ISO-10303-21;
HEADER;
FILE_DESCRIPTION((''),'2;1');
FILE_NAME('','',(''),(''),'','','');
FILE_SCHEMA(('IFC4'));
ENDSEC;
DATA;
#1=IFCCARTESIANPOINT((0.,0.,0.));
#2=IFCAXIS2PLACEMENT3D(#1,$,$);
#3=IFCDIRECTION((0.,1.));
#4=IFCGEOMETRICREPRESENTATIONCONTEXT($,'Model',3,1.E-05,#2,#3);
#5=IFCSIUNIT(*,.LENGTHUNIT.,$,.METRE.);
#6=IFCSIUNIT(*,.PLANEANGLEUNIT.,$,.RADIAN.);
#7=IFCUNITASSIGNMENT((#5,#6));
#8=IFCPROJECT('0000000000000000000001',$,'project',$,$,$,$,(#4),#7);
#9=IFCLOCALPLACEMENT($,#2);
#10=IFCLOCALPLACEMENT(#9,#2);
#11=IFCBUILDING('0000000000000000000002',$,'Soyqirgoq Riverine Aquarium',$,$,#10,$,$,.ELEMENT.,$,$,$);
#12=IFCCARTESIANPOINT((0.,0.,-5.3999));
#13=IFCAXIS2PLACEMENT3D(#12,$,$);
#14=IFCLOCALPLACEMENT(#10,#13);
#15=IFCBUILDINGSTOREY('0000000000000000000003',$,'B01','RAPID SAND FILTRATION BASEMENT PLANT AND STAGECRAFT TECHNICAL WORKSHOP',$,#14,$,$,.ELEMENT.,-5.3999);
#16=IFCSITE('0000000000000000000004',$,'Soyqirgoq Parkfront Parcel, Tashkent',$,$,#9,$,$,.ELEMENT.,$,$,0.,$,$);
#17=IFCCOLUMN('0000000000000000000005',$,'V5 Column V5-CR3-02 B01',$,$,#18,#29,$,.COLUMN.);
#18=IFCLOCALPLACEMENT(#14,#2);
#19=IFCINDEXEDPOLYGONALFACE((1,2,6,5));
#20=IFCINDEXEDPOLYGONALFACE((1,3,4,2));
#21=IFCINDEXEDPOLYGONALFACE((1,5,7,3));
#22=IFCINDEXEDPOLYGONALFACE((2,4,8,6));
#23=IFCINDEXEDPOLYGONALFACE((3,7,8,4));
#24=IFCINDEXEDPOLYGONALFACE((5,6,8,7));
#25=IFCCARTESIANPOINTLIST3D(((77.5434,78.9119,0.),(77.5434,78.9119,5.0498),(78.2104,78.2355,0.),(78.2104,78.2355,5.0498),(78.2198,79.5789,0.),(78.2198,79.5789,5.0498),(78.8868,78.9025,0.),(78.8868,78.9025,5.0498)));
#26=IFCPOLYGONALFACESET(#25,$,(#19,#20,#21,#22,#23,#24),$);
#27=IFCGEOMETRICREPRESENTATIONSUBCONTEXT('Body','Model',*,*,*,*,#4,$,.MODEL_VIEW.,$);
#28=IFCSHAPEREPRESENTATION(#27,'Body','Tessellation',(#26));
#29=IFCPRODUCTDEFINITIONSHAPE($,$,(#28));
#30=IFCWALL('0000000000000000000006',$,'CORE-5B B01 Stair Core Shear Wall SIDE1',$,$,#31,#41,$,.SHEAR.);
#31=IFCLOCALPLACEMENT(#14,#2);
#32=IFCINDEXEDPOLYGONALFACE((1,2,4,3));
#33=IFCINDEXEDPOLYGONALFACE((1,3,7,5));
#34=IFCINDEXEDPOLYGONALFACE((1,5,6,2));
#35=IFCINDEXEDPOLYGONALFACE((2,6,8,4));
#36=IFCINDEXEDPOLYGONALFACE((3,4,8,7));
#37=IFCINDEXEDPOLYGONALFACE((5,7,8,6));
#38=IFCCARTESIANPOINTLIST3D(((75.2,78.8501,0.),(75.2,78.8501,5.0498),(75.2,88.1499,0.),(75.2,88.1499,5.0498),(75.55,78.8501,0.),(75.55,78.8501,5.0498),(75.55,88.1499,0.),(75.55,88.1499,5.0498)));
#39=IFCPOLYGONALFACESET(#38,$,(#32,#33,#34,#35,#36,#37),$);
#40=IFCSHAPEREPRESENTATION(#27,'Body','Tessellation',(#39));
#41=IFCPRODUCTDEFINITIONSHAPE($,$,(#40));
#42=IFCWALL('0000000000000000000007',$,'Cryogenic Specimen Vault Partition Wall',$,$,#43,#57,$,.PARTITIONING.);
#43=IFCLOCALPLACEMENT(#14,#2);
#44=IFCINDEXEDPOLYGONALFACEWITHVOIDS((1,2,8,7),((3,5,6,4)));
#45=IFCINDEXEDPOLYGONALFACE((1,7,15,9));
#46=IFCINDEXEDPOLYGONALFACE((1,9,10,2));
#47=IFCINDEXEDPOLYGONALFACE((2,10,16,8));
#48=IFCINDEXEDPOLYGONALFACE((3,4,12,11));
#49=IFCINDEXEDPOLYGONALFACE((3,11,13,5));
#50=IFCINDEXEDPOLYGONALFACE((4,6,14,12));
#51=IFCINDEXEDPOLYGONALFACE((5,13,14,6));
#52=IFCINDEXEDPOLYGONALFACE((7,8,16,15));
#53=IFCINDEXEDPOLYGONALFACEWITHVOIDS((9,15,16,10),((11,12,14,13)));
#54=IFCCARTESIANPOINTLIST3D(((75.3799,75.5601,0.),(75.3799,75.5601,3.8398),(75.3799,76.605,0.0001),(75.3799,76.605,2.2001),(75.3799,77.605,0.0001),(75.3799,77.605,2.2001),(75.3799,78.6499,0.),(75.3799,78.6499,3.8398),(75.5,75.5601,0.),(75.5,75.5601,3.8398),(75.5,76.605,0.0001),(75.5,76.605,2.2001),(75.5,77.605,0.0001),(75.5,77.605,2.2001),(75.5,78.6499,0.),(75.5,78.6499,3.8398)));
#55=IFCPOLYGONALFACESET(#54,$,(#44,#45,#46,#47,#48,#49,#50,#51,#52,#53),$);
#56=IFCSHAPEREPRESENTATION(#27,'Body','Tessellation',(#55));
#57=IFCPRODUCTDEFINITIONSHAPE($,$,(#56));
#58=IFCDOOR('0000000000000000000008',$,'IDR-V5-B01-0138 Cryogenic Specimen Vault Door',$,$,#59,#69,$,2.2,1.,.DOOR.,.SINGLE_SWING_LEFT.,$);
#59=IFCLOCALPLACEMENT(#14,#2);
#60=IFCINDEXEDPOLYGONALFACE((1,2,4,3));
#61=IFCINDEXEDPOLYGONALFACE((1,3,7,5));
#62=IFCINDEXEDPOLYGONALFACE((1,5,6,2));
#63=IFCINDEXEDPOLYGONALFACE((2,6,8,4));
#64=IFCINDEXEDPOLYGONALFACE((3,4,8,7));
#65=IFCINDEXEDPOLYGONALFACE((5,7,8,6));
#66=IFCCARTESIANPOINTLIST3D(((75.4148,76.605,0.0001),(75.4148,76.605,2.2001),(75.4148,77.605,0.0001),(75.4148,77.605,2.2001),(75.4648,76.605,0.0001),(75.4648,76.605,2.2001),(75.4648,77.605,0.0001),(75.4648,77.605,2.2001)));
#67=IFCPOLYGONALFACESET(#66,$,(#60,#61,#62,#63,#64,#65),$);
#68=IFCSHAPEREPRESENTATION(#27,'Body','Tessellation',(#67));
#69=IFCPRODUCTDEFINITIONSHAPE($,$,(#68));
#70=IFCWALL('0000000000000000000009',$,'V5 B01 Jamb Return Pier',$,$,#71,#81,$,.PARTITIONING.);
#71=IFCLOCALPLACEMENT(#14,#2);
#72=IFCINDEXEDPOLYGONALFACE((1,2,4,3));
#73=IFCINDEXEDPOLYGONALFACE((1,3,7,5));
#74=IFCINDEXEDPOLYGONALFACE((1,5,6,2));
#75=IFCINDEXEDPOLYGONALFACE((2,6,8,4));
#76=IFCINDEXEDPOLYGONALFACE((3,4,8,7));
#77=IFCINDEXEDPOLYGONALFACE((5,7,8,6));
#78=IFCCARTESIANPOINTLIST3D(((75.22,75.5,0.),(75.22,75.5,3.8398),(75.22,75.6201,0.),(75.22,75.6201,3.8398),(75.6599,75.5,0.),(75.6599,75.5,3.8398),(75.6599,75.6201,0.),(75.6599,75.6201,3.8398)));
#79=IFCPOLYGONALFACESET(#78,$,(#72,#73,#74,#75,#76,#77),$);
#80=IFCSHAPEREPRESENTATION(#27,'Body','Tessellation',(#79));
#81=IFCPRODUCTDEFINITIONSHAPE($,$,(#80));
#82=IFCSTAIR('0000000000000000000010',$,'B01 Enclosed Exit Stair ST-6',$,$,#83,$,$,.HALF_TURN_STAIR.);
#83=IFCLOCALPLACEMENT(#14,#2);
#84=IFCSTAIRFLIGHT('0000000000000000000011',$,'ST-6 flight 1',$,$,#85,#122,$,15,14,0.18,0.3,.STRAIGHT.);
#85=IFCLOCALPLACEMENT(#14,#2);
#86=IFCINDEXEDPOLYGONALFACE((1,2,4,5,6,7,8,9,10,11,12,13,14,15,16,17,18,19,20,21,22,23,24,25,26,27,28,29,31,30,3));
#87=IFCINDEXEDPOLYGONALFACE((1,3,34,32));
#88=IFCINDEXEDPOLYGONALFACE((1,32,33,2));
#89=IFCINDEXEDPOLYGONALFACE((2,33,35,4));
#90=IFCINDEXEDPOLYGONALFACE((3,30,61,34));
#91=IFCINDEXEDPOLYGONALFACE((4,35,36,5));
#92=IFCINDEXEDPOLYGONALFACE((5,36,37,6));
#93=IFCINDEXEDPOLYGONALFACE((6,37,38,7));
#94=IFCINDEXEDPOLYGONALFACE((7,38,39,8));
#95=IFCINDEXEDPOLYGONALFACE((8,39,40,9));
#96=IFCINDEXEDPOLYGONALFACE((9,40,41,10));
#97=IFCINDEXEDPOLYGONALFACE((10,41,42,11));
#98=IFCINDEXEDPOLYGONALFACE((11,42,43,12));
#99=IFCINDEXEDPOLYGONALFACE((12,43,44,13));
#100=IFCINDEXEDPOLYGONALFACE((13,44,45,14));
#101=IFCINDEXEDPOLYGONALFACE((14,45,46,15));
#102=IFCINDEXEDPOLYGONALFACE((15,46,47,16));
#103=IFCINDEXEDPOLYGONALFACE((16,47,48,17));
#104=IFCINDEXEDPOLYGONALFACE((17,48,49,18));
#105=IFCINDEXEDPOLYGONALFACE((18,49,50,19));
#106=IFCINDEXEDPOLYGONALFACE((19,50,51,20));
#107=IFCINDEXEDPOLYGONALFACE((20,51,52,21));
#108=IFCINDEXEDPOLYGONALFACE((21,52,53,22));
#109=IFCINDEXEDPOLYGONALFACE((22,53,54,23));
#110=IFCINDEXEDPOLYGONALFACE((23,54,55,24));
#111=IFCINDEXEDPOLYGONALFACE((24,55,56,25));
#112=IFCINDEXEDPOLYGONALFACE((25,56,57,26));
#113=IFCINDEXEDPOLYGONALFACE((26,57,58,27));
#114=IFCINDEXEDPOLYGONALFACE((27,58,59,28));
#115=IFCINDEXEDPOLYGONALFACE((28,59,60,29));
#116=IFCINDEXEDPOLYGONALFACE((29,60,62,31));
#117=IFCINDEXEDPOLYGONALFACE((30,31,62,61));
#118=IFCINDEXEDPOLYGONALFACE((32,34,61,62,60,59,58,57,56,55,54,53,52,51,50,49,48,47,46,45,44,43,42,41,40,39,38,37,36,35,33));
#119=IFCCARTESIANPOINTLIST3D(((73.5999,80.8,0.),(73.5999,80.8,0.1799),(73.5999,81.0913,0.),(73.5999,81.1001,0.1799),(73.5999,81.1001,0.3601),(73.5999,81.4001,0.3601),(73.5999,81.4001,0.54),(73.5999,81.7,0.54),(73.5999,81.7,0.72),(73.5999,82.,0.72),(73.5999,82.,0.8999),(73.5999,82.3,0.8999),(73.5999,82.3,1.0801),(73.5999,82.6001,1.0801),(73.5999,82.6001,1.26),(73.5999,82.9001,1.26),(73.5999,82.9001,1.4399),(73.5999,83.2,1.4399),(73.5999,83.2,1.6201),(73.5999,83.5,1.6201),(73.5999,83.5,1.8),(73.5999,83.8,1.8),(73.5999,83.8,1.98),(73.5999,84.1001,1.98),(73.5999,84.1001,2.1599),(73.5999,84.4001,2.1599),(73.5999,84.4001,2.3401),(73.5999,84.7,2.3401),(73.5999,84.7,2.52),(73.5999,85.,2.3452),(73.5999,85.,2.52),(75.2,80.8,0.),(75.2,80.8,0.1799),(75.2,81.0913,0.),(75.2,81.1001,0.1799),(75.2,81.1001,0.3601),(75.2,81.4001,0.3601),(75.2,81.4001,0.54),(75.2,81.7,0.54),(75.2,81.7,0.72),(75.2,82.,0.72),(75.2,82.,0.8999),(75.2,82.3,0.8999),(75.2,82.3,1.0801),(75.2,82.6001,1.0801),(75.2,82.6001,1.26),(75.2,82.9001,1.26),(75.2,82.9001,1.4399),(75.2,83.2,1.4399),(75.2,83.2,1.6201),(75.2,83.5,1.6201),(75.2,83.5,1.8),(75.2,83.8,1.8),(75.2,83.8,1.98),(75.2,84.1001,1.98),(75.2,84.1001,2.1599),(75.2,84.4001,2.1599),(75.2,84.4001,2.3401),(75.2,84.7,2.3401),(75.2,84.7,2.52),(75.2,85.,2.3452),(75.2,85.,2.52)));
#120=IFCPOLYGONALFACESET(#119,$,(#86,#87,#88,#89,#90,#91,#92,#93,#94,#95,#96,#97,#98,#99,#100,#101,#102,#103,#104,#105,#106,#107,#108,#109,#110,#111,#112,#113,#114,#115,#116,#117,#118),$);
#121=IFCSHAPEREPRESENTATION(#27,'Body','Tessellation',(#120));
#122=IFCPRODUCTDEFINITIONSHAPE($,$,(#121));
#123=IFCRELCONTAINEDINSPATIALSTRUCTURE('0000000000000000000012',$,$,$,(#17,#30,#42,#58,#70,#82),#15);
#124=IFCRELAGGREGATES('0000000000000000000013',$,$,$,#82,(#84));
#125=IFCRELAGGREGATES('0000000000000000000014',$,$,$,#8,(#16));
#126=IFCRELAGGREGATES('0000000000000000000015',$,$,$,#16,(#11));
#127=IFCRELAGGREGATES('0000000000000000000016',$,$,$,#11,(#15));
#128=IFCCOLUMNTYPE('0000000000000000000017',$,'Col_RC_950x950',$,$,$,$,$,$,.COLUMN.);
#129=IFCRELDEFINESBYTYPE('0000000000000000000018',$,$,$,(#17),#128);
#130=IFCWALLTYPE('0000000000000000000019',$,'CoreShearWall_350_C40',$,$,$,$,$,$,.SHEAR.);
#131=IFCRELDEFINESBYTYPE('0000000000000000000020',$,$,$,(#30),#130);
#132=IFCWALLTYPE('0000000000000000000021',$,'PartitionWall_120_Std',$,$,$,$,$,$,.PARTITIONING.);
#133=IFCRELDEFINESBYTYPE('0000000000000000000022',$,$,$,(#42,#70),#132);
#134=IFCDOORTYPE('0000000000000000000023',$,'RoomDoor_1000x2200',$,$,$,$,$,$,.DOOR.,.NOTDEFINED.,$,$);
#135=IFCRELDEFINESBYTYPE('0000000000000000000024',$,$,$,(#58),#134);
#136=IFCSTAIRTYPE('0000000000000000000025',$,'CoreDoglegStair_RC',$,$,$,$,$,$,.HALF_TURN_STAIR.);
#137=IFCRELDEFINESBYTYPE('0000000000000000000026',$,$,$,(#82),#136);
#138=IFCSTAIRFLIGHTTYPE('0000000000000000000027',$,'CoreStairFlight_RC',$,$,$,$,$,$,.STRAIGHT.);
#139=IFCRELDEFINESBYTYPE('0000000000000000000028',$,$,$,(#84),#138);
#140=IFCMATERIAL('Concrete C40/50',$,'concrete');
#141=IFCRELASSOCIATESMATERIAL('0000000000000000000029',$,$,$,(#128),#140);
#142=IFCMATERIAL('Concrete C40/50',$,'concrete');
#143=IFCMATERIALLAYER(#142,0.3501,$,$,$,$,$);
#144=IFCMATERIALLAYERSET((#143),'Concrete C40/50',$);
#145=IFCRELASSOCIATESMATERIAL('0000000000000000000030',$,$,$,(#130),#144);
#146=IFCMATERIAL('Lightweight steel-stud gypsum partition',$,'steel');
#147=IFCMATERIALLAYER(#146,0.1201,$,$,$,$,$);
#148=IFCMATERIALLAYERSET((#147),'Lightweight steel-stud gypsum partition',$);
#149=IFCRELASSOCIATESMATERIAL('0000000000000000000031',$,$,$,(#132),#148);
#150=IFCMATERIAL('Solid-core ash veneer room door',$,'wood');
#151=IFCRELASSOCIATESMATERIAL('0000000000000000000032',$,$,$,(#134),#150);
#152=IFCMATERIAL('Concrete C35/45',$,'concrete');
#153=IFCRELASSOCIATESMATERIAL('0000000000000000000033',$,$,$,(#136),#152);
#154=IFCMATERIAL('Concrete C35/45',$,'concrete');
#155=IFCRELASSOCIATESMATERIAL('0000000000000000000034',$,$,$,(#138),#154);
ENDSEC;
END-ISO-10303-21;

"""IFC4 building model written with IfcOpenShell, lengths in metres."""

from ifc_helpers import new_model, si_unit, direction, frame, frame_2d, origin, origin_2d, place, context, subcontext, project, spatial, polyline, rectangle, outline, extrude, material, layer, layer_set, material_profile, profile_set, type_object, element, fill, aggregate, save


model = new_model("IFC4")

# Units and contexts
model_context = context("Model", 3, precision=1e-05, world=origin(), true_north=direction((0.0, 1.0)))
body_context = subcontext(model_context, "Body", "Model", "MODEL_VIEW")
ifc_project = project(units=[si_unit("LENGTHUNIT", "METRE"), si_unit("PLANEANGLEUNIT", "RADIAN")], contexts=[model_context])

# Site, building, storey
site_placement = place(None, origin())
site = spatial("IfcSite", under=ifc_project, at=site_placement, Name="Soyqirgoq Parkfront Parcel, Tashkent", CompositionType="ELEMENT", RefElevation=0.0)
building_placement = place(site_placement, origin())
building = spatial("IfcBuilding", under=site, at=building_placement, Name="Soyqirgoq Riverine Aquarium", CompositionType="ELEMENT")
storey_placement = place(building_placement, frame((0.0, 0.0, -5.3999)))
storey = spatial("IfcBuildingStorey", under=building, at=storey_placement, Name="B01", Description="RAPID SAND FILTRATION BASEMENT PLANT AND STAGECRAFT TECHNICAL WORKSHOP", CompositionType="ELEMENT", Elevation=-5.3999)

# Column
ifc_material_1 = material(Name="Concrete C40/50", Category="concrete")
ifc_material_profile_1 = material_profile(ifc_material_1, rectangle(XDim=0.95, YDim=0.95, at=origin_2d()), Name="RC 950x950")
ifc_profile_set_1 = profile_set([ifc_material_profile_1], Name="Concrete C40/50")
column_type_1 = type_object("IfcColumnType", Name="Col_RC_950x950", PredefinedType="COLUMN", material=ifc_profile_set_1)
column_1_placement = place(storey_placement, frame((78.2151, 78.9072, 0.0), z_axis=(0.0, 0.0, 1.0), x_axis=(0.712026, 0.702153, 0.0)))
element("IfcColumn", 1, at=column_1_placement, inside=storey, type_object=column_type_1, Name="V5 Column V5-CR3-02 B01", PredefinedType="COLUMN", context=body_context, shape_type="SweptSolid", body=[
    extrude(rectangle(XDim=0.95, YDim=0.95, at=origin_2d()), origin(), (0.0, 0.0, 1.0), 5.0498),
])

# Wall
ifc_material_2 = material(Name="Concrete C40/50", Category="concrete")
ifc_layer_1 = layer(ifc_material_2, 0.3501)
ifc_layer_set_1 = layer_set([ifc_layer_1], Name="Concrete C40/50")
wall_type_1 = type_object("IfcWallType", Name="CoreShearWall_350_C40", PredefinedType="SHEAR", material=ifc_layer_set_1)
wall_1_placement = place(storey_placement, frame((75.375, 78.8501, 0.0), z_axis=(0.0, 0.0, 1.0), x_axis=(0.0, 1.0, 0.0)))
element("IfcWall", 2, at=wall_1_placement, inside=storey, type_object=wall_type_1, Name="CORE-5B B01 Stair Core Shear Wall SIDE1", PredefinedType="SHEAR", context=body_context, shape_type="SweptSolid", body=[
    extrude(rectangle(XDim=9.2998, YDim=0.3501, at=frame_2d((4.6499, 0.0))), origin(), (0.0, 0.0, 1.0), 5.0498),
])

# Wall, opening, door
ifc_material_3 = material(Name="Lightweight steel-stud gypsum partition", Category="steel")
ifc_layer_2 = layer(ifc_material_3, 0.1201)
ifc_layer_set_2 = layer_set([ifc_layer_2], Name="Lightweight steel-stud gypsum partition")
wall_type_2 = type_object("IfcWallType", Name="PartitionWall_120_Std", PredefinedType="PARTITIONING", material=ifc_layer_set_2)
wall_2_placement = place(storey_placement, frame((75.4399, 78.6499, 0.0), z_axis=(0.0, 0.0, 1.0), x_axis=(0.0, -1.0, 0.0)))
wall_2 = element("IfcWall", 3, at=wall_2_placement, inside=storey, type_object=wall_type_2, Name="Cryogenic Specimen Vault Partition Wall", PredefinedType="PARTITIONING", context=body_context, shape_type="SweptSolid", body=[
    extrude(rectangle(XDim=3.0898, YDim=0.1201, at=frame_2d((1.5449, 0.0))), origin(), (0.0, 0.0, 1.0), 3.8398),
])
opening_placement = place(wall_2_placement, frame((1.0449, 0.0, 0.0)))
opening = element("IfcOpeningElement", 4, at=opening_placement, cuts=wall_2, PredefinedType="OPENING", context=body_context, shape_type="SweptSolid", body=[
    extrude(rectangle(XDim=1.0, YDim=2.2, at=frame_2d((0.5, 1.1001))), frame((0.0, 0.0701, 0.0), z_axis=(0.0, -1.0, 0.0), x_axis=(1.0, 0.0, 0.0)), (0.0, 0.0, 1.0), 0.1401),
])
ifc_material_4 = material(Name="Solid-core ash veneer room door", Category="wood")
door_type = type_object("IfcDoorType", Name="RoomDoor_1000x2200", OperationType="NOTDEFINED", PredefinedType="DOOR", material=ifc_material_4)
door_placement = place(opening_placement, origin())
door = element("IfcDoor", 5, at=door_placement, inside=storey, type_object=door_type, Name="IDR-V5-B01-0138 Cryogenic Specimen Vault Door", OperationType="SINGLE_SWING_LEFT", OverallHeight=2.2, OverallWidth=1.0, PredefinedType="DOOR", context=body_context, shape_type="SweptSolid", body=[
    extrude(rectangle(XDim=1.0, YDim=2.2, at=frame_2d((0.5, 1.1001))), frame((0.0, 0.0249, 0.0), z_axis=(0.0, -1.0, 0.0), x_axis=(1.0, 0.0, 0.0)), (0.0, 0.0, 1.0), 0.05),
])
fill(opening, door)

# Wall
wall_3_placement = place(storey_placement, frame((75.22, 75.5601, 0.0), z_axis=(0.0, 0.0, 1.0), x_axis=(1.0, 0.0, 0.0)))
element("IfcWall", 6, at=wall_3_placement, inside=storey, type_object=wall_type_2, Name="V5 B01 Jamb Return Pier", PredefinedType="PARTITIONING", context=body_context, shape_type="SweptSolid", body=[
    extrude(rectangle(XDim=0.4399, YDim=0.1201, at=frame_2d((0.22, 0.0))), origin(), (0.0, 0.0, 1.0), 3.8398),
])

# Stair, stair flight
ifc_material_5 = material(Name="Concrete C35/45", Category="concrete")
stair_type = type_object("IfcStairType", Name="CoreDoglegStair_RC", PredefinedType="HALF_TURN_STAIR", material=ifc_material_5)
stair_placement = place(storey_placement, origin())
stair = element("IfcStair", 7, at=stair_placement, inside=storey, type_object=stair_type, Name="B01 Enclosed Exit Stair ST-6", PredefinedType="HALF_TURN_STAIR")
ifc_material_6 = material(Name="Concrete C35/45", Category="concrete")
stair_flight_type = type_object("IfcStairFlightType", Name="CoreStairFlight_RC", PredefinedType="STRAIGHT", material=ifc_material_6)
stair_flight_placement = place(storey_placement, frame((74.3999, 80.8, 0.0), z_axis=(0.0, 0.0, 1.0), x_axis=(0.0, 1.0, 0.0)))
stair_flight = element("IfcStairFlight", 8, at=stair_flight_placement, type_object=stair_flight_type, Name="ST-6 flight 1", NumberOfRisers=15, NumberOfTreads=14, PredefinedType="STRAIGHT", RiserHeight=0.18, TreadLength=0.3, context=body_context, shape_type="SweptSolid", body=[
    extrude(outline(polyline([(0.0, 0.0), (0.0, 0.1799), (0.3, 0.1799), (0.3, 0.3601), (0.6001, 0.3601), (0.6001, 0.54), (0.8999, 0.54), (0.8999, 0.72), (1.2, 0.72), (1.2, 0.8999), (1.5, 0.8999), (1.5, 1.0801), (1.8, 1.0801), (1.8, 1.26), (2.1001, 1.26), (2.1001, 1.4399), (2.3999, 1.4399), (2.3999, 1.6201), (2.7, 1.6201), (2.7, 1.8), (3.0, 1.8), (3.0, 1.98), (3.3, 1.98), (3.3, 2.1599), (3.6001, 2.1599), (3.6001, 2.3401), (3.8999, 2.3401), (3.8999, 2.52), (4.2, 2.52), (4.2, 2.7), (4.2, 2.3452), (0.2913, 0.0), (0.0, 0.0)])), frame((0.0, 0.8, 0.0), z_axis=(0.0, -1.0, 0.0), x_axis=(1.0, 0.0, 0.0)), (0.0, 0.0, 1.0), 1.6001),
])
aggregate(stair, [stair_flight])

save(model, "model.ifc")
